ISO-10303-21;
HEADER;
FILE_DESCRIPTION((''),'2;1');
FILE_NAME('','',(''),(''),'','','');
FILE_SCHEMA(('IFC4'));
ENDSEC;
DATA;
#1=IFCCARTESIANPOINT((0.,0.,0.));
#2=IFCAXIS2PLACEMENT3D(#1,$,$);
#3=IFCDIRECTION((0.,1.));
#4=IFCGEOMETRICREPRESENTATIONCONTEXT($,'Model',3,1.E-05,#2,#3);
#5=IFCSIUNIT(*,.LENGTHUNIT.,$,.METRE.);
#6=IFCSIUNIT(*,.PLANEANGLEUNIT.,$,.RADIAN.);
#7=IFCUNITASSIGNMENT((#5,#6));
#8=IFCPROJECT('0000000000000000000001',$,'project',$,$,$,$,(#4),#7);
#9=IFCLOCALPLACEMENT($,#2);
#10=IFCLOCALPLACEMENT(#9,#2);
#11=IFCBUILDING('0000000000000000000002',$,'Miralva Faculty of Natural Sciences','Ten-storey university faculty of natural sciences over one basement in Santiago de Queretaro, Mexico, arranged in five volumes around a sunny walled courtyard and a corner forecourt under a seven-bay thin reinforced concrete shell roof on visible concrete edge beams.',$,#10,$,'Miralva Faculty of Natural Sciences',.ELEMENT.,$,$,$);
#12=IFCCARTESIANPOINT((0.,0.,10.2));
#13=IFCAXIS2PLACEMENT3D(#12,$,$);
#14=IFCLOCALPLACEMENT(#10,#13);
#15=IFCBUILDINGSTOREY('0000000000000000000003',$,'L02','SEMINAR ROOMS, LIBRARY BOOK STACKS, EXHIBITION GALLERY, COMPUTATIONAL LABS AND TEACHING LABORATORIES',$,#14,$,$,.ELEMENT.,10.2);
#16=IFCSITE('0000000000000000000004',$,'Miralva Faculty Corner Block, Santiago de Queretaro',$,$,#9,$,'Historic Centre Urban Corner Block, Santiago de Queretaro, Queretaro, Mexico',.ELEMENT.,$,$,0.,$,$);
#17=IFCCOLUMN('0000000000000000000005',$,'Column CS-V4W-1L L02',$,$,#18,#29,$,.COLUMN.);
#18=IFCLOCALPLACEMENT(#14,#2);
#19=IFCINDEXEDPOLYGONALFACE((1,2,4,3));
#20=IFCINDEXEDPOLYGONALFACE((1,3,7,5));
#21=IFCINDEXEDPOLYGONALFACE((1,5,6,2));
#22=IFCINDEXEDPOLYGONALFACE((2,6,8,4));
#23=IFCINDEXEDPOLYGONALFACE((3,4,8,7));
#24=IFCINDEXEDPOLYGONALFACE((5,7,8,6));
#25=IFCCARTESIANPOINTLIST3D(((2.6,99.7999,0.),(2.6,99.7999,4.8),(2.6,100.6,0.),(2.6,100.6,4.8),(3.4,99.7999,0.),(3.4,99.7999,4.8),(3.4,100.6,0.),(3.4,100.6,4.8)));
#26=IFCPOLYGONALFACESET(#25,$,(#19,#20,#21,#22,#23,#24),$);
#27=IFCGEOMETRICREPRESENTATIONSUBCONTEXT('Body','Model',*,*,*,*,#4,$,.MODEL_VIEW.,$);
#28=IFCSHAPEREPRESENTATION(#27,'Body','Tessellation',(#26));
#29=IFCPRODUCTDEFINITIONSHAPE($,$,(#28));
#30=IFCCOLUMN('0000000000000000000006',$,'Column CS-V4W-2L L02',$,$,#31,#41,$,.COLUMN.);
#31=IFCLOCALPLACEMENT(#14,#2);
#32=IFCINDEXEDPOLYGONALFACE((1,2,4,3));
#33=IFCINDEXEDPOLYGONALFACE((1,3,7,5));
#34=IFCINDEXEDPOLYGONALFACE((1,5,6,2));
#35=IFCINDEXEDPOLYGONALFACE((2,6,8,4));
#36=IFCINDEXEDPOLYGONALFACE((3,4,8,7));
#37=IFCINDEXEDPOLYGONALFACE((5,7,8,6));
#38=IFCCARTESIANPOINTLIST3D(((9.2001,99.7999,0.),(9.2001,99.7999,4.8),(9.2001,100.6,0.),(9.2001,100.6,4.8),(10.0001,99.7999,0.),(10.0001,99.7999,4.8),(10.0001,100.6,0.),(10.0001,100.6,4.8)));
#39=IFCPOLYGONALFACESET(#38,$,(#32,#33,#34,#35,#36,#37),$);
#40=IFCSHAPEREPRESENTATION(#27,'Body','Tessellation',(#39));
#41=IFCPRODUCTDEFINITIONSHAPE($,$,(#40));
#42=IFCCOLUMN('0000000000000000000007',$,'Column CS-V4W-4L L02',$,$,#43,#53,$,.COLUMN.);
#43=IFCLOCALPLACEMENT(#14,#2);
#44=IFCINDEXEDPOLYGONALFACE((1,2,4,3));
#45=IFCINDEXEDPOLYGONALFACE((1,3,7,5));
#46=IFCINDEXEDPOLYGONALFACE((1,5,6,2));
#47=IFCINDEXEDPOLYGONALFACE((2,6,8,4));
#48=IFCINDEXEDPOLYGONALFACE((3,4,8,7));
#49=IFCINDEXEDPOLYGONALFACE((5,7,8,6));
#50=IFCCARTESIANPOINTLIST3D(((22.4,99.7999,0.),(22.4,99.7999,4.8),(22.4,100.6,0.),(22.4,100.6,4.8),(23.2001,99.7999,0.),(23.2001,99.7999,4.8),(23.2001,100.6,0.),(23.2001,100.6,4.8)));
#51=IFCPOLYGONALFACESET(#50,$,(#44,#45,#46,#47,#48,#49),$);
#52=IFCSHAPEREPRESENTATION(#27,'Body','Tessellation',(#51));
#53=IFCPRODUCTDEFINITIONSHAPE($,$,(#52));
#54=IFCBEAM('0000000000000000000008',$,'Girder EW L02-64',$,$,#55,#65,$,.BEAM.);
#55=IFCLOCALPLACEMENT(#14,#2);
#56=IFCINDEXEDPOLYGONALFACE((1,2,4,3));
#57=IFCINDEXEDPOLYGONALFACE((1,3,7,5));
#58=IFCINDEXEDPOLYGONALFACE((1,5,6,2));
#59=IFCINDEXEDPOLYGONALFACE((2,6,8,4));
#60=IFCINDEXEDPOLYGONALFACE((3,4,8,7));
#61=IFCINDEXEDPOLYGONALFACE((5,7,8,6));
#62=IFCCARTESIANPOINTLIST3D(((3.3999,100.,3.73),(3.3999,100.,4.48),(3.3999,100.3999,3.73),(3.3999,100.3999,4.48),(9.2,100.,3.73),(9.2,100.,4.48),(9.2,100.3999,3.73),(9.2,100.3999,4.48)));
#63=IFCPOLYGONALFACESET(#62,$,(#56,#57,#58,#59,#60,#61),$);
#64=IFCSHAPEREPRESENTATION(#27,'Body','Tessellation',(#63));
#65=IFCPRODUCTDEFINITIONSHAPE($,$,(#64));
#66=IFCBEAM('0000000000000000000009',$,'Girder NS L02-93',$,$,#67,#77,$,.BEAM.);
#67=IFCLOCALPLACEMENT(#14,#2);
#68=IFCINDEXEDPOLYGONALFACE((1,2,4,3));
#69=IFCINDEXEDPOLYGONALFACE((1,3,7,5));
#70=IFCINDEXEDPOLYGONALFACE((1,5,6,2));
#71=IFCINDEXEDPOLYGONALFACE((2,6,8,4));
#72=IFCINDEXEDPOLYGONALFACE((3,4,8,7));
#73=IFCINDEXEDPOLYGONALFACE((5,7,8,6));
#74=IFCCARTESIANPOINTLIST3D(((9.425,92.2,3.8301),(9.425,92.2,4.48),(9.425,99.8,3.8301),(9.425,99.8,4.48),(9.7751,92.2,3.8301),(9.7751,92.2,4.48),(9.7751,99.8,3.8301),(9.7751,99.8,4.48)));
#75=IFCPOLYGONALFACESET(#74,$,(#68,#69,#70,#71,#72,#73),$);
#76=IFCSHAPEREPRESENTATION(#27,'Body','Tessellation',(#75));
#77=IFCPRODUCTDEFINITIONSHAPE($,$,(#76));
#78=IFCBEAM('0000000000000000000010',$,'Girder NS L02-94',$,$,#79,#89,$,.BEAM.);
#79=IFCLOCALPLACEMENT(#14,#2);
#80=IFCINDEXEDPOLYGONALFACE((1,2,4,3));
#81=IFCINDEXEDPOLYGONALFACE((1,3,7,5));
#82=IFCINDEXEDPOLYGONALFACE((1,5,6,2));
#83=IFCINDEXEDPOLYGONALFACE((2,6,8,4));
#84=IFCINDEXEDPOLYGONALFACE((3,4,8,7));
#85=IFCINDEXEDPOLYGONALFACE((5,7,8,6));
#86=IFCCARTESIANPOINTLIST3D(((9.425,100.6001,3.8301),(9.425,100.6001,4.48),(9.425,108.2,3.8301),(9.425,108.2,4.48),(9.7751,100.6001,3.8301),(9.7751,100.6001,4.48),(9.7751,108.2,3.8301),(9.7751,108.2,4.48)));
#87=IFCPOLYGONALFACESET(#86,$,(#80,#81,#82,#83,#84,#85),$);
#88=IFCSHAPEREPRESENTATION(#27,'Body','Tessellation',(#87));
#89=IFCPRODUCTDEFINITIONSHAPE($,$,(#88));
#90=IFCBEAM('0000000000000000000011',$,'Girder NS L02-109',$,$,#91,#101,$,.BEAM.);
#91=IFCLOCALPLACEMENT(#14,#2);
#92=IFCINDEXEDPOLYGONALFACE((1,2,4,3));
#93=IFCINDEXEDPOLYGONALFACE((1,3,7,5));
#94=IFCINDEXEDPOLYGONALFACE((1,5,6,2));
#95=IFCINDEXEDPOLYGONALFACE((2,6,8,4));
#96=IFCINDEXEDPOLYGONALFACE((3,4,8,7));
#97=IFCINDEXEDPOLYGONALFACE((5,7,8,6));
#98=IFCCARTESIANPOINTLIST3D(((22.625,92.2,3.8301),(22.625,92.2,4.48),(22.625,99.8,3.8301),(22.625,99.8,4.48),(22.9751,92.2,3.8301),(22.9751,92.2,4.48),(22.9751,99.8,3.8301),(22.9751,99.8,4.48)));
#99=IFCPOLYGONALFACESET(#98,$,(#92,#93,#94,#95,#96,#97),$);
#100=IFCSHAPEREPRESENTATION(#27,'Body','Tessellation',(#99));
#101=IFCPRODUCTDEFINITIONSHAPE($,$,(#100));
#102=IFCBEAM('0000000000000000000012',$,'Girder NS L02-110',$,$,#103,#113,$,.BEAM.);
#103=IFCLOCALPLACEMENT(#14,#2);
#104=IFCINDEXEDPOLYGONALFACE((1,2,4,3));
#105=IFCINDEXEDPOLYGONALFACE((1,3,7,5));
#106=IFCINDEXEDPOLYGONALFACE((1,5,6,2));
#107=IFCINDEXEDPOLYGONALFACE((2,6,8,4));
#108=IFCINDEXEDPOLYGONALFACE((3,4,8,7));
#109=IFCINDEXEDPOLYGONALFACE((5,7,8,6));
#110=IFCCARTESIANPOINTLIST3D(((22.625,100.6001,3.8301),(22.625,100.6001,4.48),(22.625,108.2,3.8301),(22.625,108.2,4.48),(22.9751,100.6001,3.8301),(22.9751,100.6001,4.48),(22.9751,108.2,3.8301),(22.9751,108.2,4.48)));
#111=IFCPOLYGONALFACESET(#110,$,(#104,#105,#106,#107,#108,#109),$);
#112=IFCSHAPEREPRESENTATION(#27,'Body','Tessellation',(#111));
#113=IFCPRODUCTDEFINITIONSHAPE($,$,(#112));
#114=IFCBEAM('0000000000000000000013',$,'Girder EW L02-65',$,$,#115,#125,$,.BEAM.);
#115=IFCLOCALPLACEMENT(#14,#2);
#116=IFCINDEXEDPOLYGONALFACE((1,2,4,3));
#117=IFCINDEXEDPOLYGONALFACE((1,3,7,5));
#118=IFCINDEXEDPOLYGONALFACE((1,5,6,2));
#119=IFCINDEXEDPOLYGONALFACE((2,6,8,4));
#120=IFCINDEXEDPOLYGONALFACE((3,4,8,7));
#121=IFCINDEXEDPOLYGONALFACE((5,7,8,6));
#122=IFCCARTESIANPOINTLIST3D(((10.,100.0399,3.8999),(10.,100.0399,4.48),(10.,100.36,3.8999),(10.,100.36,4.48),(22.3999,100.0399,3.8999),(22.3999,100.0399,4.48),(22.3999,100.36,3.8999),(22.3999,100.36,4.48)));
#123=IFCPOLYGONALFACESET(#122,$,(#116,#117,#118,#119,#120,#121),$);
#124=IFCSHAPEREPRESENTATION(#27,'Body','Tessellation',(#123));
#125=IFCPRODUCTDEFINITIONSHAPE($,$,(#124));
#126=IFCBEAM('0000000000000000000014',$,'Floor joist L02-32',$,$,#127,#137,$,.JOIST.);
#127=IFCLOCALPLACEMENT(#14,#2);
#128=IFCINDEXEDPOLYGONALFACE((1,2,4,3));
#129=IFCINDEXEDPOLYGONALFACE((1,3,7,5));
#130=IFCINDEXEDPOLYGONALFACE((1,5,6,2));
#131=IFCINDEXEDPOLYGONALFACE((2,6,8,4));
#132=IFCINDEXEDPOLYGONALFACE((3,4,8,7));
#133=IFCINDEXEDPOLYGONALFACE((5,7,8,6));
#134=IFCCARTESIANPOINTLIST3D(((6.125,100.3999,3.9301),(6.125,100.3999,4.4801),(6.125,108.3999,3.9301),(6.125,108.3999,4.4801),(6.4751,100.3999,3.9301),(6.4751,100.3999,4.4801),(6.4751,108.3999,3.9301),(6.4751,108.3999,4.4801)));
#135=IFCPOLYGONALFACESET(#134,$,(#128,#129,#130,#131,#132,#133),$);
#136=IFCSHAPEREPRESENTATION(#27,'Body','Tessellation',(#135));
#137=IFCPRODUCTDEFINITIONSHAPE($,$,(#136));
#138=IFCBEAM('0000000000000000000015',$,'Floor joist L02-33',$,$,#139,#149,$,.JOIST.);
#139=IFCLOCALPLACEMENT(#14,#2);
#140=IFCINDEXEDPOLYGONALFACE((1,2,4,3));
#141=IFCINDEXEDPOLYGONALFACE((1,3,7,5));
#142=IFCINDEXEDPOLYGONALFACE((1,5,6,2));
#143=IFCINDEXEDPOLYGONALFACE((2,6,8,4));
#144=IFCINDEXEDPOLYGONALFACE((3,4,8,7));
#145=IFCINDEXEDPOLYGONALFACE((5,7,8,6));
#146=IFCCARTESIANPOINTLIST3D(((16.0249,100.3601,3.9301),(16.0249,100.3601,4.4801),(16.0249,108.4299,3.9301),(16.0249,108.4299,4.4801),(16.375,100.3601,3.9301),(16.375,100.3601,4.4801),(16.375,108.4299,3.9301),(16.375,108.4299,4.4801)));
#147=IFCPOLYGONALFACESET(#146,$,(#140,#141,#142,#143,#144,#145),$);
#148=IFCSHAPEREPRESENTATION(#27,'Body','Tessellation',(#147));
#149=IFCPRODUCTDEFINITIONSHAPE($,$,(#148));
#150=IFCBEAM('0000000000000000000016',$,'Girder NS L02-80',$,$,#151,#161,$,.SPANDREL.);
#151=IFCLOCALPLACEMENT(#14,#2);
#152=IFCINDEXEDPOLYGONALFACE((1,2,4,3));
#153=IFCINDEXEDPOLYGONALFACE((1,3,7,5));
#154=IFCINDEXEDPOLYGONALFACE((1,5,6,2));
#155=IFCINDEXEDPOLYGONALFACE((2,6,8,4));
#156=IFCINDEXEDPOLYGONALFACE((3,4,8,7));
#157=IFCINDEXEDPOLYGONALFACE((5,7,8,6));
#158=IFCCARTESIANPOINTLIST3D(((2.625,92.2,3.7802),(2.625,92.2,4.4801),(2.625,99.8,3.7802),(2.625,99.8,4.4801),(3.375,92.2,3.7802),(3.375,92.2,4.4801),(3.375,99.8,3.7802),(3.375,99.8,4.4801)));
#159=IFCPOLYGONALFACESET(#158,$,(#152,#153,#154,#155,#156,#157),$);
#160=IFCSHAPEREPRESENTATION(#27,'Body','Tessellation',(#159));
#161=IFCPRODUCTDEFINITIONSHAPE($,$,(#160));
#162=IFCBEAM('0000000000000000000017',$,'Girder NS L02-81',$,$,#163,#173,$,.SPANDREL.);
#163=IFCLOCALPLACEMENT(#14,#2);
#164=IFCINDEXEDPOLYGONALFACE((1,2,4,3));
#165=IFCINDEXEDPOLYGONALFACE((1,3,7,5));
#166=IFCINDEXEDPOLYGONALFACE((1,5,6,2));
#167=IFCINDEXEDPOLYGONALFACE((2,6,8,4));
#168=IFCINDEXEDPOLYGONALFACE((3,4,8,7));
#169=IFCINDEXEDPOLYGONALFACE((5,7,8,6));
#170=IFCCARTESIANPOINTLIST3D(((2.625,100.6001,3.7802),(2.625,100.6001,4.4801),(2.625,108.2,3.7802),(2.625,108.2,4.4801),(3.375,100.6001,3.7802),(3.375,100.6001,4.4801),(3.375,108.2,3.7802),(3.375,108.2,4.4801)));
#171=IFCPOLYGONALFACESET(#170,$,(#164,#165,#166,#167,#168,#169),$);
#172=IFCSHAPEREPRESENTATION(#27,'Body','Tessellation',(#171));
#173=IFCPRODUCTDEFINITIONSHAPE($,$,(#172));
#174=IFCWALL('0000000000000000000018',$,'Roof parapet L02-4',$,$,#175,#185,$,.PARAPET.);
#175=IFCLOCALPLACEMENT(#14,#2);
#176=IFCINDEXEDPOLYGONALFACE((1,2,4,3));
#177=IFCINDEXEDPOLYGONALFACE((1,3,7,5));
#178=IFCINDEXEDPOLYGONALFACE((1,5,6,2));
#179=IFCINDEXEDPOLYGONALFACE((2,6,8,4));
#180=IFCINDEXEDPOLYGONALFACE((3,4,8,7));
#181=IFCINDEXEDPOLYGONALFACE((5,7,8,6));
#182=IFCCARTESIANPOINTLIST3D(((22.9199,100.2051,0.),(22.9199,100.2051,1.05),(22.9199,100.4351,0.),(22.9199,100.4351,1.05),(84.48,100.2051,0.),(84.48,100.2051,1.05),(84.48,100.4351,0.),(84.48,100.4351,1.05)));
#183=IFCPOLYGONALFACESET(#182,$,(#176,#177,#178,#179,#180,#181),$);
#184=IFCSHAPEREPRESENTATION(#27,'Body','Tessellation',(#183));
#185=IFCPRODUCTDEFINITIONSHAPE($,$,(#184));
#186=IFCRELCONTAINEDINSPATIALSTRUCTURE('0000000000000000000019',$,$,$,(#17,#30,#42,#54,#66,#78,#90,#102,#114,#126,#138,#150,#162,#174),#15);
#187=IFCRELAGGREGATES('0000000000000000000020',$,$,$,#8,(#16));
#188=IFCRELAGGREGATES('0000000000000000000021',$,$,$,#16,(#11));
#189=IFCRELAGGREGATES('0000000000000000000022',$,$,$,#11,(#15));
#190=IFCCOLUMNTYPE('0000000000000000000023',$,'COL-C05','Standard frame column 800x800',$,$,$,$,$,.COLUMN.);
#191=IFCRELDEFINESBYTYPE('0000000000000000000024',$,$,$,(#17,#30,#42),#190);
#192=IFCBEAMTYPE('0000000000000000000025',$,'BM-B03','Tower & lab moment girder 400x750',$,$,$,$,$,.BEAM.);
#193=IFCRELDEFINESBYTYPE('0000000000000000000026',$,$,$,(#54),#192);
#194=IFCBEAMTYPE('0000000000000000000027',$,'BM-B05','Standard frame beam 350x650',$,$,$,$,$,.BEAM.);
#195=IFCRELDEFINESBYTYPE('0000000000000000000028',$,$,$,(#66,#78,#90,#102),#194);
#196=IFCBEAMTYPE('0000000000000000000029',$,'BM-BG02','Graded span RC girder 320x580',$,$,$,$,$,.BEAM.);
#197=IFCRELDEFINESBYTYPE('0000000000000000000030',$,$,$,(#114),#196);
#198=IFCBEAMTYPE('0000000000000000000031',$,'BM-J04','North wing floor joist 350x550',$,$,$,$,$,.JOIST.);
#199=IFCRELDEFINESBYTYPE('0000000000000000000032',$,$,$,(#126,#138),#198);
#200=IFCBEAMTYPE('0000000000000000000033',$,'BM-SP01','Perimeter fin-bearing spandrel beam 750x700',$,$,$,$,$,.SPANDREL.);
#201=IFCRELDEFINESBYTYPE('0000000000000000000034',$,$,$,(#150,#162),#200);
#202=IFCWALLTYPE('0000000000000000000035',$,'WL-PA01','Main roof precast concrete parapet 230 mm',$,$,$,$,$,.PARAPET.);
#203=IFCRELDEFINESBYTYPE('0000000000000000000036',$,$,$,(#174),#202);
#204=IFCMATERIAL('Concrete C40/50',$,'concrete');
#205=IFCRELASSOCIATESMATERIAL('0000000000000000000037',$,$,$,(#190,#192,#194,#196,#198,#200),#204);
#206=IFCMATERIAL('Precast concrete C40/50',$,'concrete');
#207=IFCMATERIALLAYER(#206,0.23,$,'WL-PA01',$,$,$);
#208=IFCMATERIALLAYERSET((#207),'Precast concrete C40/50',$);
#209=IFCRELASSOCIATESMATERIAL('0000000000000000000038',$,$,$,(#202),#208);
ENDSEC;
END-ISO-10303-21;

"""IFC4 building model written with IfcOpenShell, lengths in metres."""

from ifc_helpers import new_model, si_unit, direction, frame, frame_2d, origin, origin_2d, place, context, subcontext, project, spatial, rectangle, extrude, material, layer, layer_set, material_profile, profile_set, type_object, element, save


model = new_model("IFC4")

# Units and contexts
model_context = context("Model", 3, precision=1e-05, world=origin(), true_north=direction((0.0, 1.0)))
body_context = subcontext(model_context, "Body", "Model", "MODEL_VIEW")
ifc_project = project(units=[si_unit("LENGTHUNIT", "METRE"), si_unit("PLANEANGLEUNIT", "RADIAN")], contexts=[model_context])

# Site, building, storey
site_placement = place(None, origin())
site = spatial("IfcSite", under=ifc_project, at=site_placement, Name="Miralva Faculty Corner Block, Santiago de Queretaro", LongName="Historic Centre Urban Corner Block, Santiago de Queretaro, Queretaro, Mexico", CompositionType="ELEMENT", RefElevation=0.0)
building_placement = place(site_placement, origin())
building = spatial("IfcBuilding", under=site, at=building_placement, Name="Miralva Faculty of Natural Sciences", Description="Ten-storey university faculty of natural sciences over one basement in Santiago de Queretaro, Mexico, arranged in five volumes around a sunny walled courtyard and a corner forecourt under a seven-bay thin reinforced concrete shell roof on visible concrete edge beams.", LongName="Miralva Faculty of Natural Sciences", CompositionType="ELEMENT")
storey_placement = place(building_placement, frame((0.0, 0.0, 10.2)))
storey = spatial("IfcBuildingStorey", under=building, at=storey_placement, Name="L02", Description="SEMINAR ROOMS, LIBRARY BOOK STACKS, EXHIBITION GALLERY, COMPUTATIONAL LABS AND TEACHING LABORATORIES", CompositionType="ELEMENT", Elevation=10.2)

# Columns
ifc_material_1 = material(Name="Concrete C40/50", Category="concrete")
ifc_material_profile_1 = material_profile(ifc_material_1, rectangle(XDim=0.8, YDim=0.8, at=origin_2d()), Name="RC 800x800")
ifc_profile_set_1 = profile_set([ifc_material_profile_1], Name="Concrete C40/50")
column_type = type_object("IfcColumnType", Name="COL-C05", Description="Standard frame column 800x800", PredefinedType="COLUMN", material=ifc_profile_set_1)
for number, where, z_axis, x_axis, name in (
    (1, (3.0, 100.2, 0.0), (0.0, 0.0, 1.0), (1.0, 0.0, 0.0), "Column CS-V4W-1L L02"),
    (2, (9.6001, 100.2, 0.0), (0.0, 0.0, 1.0), (1.0, 0.0, 0.0), "Column CS-V4W-2L L02"),
    (3, (22.8, 100.2, 0.0), (0.0, 0.0, 1.0), (1.0, 0.0, 0.0), "Column CS-V4W-4L L02"),
):
    element("IfcColumn", number, at=place(storey_placement, frame(where, z_axis=z_axis, x_axis=x_axis)), inside=storey, type_object=column_type, Name=name, PredefinedType="COLUMN", context=body_context, shape_type="SweptSolid", body=[
        extrude(rectangle(XDim=0.8, YDim=0.8, at=origin_2d()), origin(), (0.0, 0.0, 1.0), 4.8),
    ])

# Beams
ifc_material_profile_2 = material_profile(ifc_material_1, rectangle(XDim=0.3999, YDim=0.75, at=origin_2d()), Name="RC 400x750")
ifc_profile_set_2 = profile_set([ifc_material_profile_2], Name="Concrete C40/50")
beam_type_1 = type_object("IfcBeamType", Name="BM-B03", Description="Tower & lab moment girder 400x750", PredefinedType="BEAM", material=ifc_profile_set_2)
beam_1_placement = place(storey_placement, frame((3.3999, 100.2, 4.105), z_axis=(1.0, 0.0, 0.0), x_axis=(0.0, 1.0, 0.0)))
element("IfcBeam", 4, at=beam_1_placement, inside=storey, type_object=beam_type_1, Name="Girder EW L02-64", PredefinedType="BEAM", context=body_context, shape_type="SweptSolid", body=[
    extrude(rectangle(XDim=0.3999, YDim=0.75, at=origin_2d()), origin(), (0.0, 0.0, 1.0), 5.8),
])
ifc_material_profile_3 = material_profile(ifc_material_1, rectangle(XDim=0.3501, YDim=0.6499, at=origin_2d()), Name="RC 350x650")
ifc_profile_set_3 = profile_set([ifc_material_profile_3], Name="Concrete C40/50")
beam_type_2 = type_object("IfcBeamType", Name="BM-B05", Description="Standard frame beam 350x650", PredefinedType="BEAM", material=ifc_profile_set_3)
beam_2_placement = place(storey_placement, frame((9.6001, 92.2, 4.155), z_axis=(0.0, 1.0, 0.0), x_axis=(-1.0, 0.0, 0.0)))
element("IfcBeam", 5, at=beam_2_placement, inside=storey, type_object=beam_type_2, Name="Girder NS L02-93", PredefinedType="BEAM", context=body_context, shape_type="SweptSolid", body=[
    extrude(rectangle(XDim=0.3501, YDim=0.6499, at=origin_2d()), origin(), (0.0, 0.0, 1.0), 7.6001),
])
beam_3_placement = place(storey_placement, frame((9.6001, 100.6001, 4.155), z_axis=(0.0, 1.0, 0.0), x_axis=(-1.0, 0.0, 0.0)))
element("IfcBeam", 6, at=beam_3_placement, inside=storey, type_object=beam_type_2, Name="Girder NS L02-94", PredefinedType="BEAM", context=body_context, shape_type="SweptSolid", body=[
    extrude(rectangle(XDim=0.3501, YDim=0.6499, at=origin_2d()), origin(), (0.0, 0.0, 1.0), 7.5999),
])
beam_4_placement = place(storey_placement, frame((22.8, 92.2, 4.155), z_axis=(0.0, 1.0, 0.0), x_axis=(-1.0, 0.0, 0.0)))
element("IfcBeam", 7, at=beam_4_placement, inside=storey, type_object=beam_type_2, Name="Girder NS L02-109", PredefinedType="BEAM", context=body_context, shape_type="SweptSolid", body=[
    extrude(rectangle(XDim=0.3501, YDim=0.6499, at=origin_2d()), origin(), (0.0, 0.0, 1.0), 7.6001),
])
beam_5_placement = place(storey_placement, frame((22.8, 100.6001, 4.155), z_axis=(0.0, 1.0, 0.0), x_axis=(-1.0, 0.0, 0.0)))
element("IfcBeam", 8, at=beam_5_placement, inside=storey, type_object=beam_type_2, Name="Girder NS L02-110", PredefinedType="BEAM", context=body_context, shape_type="SweptSolid", body=[
    extrude(rectangle(XDim=0.3501, YDim=0.6499, at=origin_2d()), origin(), (0.0, 0.0, 1.0), 7.5999),
])
ifc_material_profile_4 = material_profile(ifc_material_1, rectangle(XDim=0.3201, YDim=0.5801, at=origin_2d()), Name="RC 320x580")
ifc_profile_set_4 = profile_set([ifc_material_profile_4], Name="Concrete C40/50")
beam_type_3 = type_object("IfcBeamType", Name="BM-BG02", Description="Graded span RC girder 320x580", PredefinedType="BEAM", material=ifc_profile_set_4)
beam_6_placement = place(storey_placement, frame((10.0, 100.2, 4.1899), z_axis=(1.0, 0.0, 0.0), x_axis=(0.0, 1.0, 0.0)))
element("IfcBeam", 9, at=beam_6_placement, inside=storey, type_object=beam_type_3, Name="Girder EW L02-65", PredefinedType="BEAM", context=body_context, shape_type="SweptSolid", body=[
    extrude(rectangle(XDim=0.3201, YDim=0.5801, at=origin_2d()), origin(), (0.0, 0.0, 1.0), 12.3999),
])
ifc_material_profile_5 = material_profile(ifc_material_1, rectangle(XDim=0.3501, YDim=0.55, at=origin_2d()), Name="RC 350x550")
ifc_profile_set_5 = profile_set([ifc_material_profile_5], Name="Concrete C40/50")
beam_type_4 = type_object("IfcBeamType", Name="BM-J04", Description="North wing floor joist 350x550", PredefinedType="JOIST", material=ifc_profile_set_5)
beam_7_placement = place(storey_placement, frame((6.3, 100.3999, 4.2051), z_axis=(0.0, 1.0, 0.0), x_axis=(-1.0, 0.0, 0.0)))
element("IfcBeam", 10, at=beam_7_placement, inside=storey, type_object=beam_type_4, Name="Floor joist L02-32", PredefinedType="JOIST", context=body_context, shape_type="SweptSolid", body=[
    extrude(rectangle(XDim=0.3501, YDim=0.55, at=origin_2d()), origin(), (0.0, 0.0, 1.0), 8.0),
])
beam_8_placement = place(storey_placement, frame((16.2, 100.3601, 4.2051), z_axis=(0.0, 1.0, 0.0), x_axis=(-1.0, 0.0, 0.0)))
element("IfcBeam", 11, at=beam_8_placement, inside=storey, type_object=beam_type_4, Name="Floor joist L02-33", PredefinedType="JOIST", context=body_context, shape_type="SweptSolid", body=[
    extrude(rectangle(XDim=0.3501, YDim=0.55, at=origin_2d()), origin(), (0.0, 0.0, 1.0), 8.0698),
])
ifc_material_profile_6 = material_profile(ifc_material_1, rectangle(XDim=0.75, YDim=0.7, at=origin_2d()), Name="RC 750x700")
ifc_profile_set_6 = profile_set([ifc_material_profile_6], Name="Concrete C40/50")
beam_type_5 = type_object("IfcBeamType", Name="BM-SP01", Description="Perimeter fin-bearing spandrel beam 750x700", PredefinedType="SPANDREL", material=ifc_profile_set_6)
beam_9_placement = place(storey_placement, frame((3.0, 92.2, 4.1301), z_axis=(0.0, 1.0, 0.0), x_axis=(-1.0, 0.0, 0.0)))
element("IfcBeam", 12, at=beam_9_placement, inside=storey, type_object=beam_type_5, Name="Girder NS L02-80", PredefinedType="SPANDREL", context=body_context, shape_type="SweptSolid", body=[
    extrude(rectangle(XDim=0.75, YDim=0.7, at=origin_2d()), origin(), (0.0, 0.0, 1.0), 7.6001),
])
beam_10_placement = place(storey_placement, frame((3.0, 100.6001, 4.1301), z_axis=(0.0, 1.0, 0.0), x_axis=(-1.0, 0.0, 0.0)))
element("IfcBeam", 13, at=beam_10_placement, inside=storey, type_object=beam_type_5, Name="Girder NS L02-81", PredefinedType="SPANDREL", context=body_context, shape_type="SweptSolid", body=[
    extrude(rectangle(XDim=0.75, YDim=0.7, at=origin_2d()), origin(), (0.0, 0.0, 1.0), 7.5999),
])

# Wall
ifc_material_2 = material(Name="Precast concrete C40/50", Category="concrete")
ifc_layer_1 = layer(ifc_material_2, 0.23, Name="WL-PA01")
ifc_layer_set_1 = layer_set([ifc_layer_1], Name="Precast concrete C40/50")
wall_type_1 = type_object("IfcWallType", Name="WL-PA01", Description="Main roof precast concrete parapet 230 mm", PredefinedType="PARAPET", material=ifc_layer_set_1)
wall_1_placement = place(storey_placement, frame((22.9199, 100.3201, 0.0), z_axis=(0.0, 0.0, 1.0), x_axis=(1.0, 0.0, 0.0)))
element("IfcWall", 14, at=wall_1_placement, inside=storey, type_object=wall_type_1, Name="Roof parapet L02-4", PredefinedType="PARAPET", context=body_context, shape_type="SweptSolid", body=[
    extrude(rectangle(XDim=61.5601, YDim=0.23, at=frame_2d((30.78, 0.0))), origin(), (0.0, 0.0, 1.0), 1.05),
])

save(model, "model.ifc")
